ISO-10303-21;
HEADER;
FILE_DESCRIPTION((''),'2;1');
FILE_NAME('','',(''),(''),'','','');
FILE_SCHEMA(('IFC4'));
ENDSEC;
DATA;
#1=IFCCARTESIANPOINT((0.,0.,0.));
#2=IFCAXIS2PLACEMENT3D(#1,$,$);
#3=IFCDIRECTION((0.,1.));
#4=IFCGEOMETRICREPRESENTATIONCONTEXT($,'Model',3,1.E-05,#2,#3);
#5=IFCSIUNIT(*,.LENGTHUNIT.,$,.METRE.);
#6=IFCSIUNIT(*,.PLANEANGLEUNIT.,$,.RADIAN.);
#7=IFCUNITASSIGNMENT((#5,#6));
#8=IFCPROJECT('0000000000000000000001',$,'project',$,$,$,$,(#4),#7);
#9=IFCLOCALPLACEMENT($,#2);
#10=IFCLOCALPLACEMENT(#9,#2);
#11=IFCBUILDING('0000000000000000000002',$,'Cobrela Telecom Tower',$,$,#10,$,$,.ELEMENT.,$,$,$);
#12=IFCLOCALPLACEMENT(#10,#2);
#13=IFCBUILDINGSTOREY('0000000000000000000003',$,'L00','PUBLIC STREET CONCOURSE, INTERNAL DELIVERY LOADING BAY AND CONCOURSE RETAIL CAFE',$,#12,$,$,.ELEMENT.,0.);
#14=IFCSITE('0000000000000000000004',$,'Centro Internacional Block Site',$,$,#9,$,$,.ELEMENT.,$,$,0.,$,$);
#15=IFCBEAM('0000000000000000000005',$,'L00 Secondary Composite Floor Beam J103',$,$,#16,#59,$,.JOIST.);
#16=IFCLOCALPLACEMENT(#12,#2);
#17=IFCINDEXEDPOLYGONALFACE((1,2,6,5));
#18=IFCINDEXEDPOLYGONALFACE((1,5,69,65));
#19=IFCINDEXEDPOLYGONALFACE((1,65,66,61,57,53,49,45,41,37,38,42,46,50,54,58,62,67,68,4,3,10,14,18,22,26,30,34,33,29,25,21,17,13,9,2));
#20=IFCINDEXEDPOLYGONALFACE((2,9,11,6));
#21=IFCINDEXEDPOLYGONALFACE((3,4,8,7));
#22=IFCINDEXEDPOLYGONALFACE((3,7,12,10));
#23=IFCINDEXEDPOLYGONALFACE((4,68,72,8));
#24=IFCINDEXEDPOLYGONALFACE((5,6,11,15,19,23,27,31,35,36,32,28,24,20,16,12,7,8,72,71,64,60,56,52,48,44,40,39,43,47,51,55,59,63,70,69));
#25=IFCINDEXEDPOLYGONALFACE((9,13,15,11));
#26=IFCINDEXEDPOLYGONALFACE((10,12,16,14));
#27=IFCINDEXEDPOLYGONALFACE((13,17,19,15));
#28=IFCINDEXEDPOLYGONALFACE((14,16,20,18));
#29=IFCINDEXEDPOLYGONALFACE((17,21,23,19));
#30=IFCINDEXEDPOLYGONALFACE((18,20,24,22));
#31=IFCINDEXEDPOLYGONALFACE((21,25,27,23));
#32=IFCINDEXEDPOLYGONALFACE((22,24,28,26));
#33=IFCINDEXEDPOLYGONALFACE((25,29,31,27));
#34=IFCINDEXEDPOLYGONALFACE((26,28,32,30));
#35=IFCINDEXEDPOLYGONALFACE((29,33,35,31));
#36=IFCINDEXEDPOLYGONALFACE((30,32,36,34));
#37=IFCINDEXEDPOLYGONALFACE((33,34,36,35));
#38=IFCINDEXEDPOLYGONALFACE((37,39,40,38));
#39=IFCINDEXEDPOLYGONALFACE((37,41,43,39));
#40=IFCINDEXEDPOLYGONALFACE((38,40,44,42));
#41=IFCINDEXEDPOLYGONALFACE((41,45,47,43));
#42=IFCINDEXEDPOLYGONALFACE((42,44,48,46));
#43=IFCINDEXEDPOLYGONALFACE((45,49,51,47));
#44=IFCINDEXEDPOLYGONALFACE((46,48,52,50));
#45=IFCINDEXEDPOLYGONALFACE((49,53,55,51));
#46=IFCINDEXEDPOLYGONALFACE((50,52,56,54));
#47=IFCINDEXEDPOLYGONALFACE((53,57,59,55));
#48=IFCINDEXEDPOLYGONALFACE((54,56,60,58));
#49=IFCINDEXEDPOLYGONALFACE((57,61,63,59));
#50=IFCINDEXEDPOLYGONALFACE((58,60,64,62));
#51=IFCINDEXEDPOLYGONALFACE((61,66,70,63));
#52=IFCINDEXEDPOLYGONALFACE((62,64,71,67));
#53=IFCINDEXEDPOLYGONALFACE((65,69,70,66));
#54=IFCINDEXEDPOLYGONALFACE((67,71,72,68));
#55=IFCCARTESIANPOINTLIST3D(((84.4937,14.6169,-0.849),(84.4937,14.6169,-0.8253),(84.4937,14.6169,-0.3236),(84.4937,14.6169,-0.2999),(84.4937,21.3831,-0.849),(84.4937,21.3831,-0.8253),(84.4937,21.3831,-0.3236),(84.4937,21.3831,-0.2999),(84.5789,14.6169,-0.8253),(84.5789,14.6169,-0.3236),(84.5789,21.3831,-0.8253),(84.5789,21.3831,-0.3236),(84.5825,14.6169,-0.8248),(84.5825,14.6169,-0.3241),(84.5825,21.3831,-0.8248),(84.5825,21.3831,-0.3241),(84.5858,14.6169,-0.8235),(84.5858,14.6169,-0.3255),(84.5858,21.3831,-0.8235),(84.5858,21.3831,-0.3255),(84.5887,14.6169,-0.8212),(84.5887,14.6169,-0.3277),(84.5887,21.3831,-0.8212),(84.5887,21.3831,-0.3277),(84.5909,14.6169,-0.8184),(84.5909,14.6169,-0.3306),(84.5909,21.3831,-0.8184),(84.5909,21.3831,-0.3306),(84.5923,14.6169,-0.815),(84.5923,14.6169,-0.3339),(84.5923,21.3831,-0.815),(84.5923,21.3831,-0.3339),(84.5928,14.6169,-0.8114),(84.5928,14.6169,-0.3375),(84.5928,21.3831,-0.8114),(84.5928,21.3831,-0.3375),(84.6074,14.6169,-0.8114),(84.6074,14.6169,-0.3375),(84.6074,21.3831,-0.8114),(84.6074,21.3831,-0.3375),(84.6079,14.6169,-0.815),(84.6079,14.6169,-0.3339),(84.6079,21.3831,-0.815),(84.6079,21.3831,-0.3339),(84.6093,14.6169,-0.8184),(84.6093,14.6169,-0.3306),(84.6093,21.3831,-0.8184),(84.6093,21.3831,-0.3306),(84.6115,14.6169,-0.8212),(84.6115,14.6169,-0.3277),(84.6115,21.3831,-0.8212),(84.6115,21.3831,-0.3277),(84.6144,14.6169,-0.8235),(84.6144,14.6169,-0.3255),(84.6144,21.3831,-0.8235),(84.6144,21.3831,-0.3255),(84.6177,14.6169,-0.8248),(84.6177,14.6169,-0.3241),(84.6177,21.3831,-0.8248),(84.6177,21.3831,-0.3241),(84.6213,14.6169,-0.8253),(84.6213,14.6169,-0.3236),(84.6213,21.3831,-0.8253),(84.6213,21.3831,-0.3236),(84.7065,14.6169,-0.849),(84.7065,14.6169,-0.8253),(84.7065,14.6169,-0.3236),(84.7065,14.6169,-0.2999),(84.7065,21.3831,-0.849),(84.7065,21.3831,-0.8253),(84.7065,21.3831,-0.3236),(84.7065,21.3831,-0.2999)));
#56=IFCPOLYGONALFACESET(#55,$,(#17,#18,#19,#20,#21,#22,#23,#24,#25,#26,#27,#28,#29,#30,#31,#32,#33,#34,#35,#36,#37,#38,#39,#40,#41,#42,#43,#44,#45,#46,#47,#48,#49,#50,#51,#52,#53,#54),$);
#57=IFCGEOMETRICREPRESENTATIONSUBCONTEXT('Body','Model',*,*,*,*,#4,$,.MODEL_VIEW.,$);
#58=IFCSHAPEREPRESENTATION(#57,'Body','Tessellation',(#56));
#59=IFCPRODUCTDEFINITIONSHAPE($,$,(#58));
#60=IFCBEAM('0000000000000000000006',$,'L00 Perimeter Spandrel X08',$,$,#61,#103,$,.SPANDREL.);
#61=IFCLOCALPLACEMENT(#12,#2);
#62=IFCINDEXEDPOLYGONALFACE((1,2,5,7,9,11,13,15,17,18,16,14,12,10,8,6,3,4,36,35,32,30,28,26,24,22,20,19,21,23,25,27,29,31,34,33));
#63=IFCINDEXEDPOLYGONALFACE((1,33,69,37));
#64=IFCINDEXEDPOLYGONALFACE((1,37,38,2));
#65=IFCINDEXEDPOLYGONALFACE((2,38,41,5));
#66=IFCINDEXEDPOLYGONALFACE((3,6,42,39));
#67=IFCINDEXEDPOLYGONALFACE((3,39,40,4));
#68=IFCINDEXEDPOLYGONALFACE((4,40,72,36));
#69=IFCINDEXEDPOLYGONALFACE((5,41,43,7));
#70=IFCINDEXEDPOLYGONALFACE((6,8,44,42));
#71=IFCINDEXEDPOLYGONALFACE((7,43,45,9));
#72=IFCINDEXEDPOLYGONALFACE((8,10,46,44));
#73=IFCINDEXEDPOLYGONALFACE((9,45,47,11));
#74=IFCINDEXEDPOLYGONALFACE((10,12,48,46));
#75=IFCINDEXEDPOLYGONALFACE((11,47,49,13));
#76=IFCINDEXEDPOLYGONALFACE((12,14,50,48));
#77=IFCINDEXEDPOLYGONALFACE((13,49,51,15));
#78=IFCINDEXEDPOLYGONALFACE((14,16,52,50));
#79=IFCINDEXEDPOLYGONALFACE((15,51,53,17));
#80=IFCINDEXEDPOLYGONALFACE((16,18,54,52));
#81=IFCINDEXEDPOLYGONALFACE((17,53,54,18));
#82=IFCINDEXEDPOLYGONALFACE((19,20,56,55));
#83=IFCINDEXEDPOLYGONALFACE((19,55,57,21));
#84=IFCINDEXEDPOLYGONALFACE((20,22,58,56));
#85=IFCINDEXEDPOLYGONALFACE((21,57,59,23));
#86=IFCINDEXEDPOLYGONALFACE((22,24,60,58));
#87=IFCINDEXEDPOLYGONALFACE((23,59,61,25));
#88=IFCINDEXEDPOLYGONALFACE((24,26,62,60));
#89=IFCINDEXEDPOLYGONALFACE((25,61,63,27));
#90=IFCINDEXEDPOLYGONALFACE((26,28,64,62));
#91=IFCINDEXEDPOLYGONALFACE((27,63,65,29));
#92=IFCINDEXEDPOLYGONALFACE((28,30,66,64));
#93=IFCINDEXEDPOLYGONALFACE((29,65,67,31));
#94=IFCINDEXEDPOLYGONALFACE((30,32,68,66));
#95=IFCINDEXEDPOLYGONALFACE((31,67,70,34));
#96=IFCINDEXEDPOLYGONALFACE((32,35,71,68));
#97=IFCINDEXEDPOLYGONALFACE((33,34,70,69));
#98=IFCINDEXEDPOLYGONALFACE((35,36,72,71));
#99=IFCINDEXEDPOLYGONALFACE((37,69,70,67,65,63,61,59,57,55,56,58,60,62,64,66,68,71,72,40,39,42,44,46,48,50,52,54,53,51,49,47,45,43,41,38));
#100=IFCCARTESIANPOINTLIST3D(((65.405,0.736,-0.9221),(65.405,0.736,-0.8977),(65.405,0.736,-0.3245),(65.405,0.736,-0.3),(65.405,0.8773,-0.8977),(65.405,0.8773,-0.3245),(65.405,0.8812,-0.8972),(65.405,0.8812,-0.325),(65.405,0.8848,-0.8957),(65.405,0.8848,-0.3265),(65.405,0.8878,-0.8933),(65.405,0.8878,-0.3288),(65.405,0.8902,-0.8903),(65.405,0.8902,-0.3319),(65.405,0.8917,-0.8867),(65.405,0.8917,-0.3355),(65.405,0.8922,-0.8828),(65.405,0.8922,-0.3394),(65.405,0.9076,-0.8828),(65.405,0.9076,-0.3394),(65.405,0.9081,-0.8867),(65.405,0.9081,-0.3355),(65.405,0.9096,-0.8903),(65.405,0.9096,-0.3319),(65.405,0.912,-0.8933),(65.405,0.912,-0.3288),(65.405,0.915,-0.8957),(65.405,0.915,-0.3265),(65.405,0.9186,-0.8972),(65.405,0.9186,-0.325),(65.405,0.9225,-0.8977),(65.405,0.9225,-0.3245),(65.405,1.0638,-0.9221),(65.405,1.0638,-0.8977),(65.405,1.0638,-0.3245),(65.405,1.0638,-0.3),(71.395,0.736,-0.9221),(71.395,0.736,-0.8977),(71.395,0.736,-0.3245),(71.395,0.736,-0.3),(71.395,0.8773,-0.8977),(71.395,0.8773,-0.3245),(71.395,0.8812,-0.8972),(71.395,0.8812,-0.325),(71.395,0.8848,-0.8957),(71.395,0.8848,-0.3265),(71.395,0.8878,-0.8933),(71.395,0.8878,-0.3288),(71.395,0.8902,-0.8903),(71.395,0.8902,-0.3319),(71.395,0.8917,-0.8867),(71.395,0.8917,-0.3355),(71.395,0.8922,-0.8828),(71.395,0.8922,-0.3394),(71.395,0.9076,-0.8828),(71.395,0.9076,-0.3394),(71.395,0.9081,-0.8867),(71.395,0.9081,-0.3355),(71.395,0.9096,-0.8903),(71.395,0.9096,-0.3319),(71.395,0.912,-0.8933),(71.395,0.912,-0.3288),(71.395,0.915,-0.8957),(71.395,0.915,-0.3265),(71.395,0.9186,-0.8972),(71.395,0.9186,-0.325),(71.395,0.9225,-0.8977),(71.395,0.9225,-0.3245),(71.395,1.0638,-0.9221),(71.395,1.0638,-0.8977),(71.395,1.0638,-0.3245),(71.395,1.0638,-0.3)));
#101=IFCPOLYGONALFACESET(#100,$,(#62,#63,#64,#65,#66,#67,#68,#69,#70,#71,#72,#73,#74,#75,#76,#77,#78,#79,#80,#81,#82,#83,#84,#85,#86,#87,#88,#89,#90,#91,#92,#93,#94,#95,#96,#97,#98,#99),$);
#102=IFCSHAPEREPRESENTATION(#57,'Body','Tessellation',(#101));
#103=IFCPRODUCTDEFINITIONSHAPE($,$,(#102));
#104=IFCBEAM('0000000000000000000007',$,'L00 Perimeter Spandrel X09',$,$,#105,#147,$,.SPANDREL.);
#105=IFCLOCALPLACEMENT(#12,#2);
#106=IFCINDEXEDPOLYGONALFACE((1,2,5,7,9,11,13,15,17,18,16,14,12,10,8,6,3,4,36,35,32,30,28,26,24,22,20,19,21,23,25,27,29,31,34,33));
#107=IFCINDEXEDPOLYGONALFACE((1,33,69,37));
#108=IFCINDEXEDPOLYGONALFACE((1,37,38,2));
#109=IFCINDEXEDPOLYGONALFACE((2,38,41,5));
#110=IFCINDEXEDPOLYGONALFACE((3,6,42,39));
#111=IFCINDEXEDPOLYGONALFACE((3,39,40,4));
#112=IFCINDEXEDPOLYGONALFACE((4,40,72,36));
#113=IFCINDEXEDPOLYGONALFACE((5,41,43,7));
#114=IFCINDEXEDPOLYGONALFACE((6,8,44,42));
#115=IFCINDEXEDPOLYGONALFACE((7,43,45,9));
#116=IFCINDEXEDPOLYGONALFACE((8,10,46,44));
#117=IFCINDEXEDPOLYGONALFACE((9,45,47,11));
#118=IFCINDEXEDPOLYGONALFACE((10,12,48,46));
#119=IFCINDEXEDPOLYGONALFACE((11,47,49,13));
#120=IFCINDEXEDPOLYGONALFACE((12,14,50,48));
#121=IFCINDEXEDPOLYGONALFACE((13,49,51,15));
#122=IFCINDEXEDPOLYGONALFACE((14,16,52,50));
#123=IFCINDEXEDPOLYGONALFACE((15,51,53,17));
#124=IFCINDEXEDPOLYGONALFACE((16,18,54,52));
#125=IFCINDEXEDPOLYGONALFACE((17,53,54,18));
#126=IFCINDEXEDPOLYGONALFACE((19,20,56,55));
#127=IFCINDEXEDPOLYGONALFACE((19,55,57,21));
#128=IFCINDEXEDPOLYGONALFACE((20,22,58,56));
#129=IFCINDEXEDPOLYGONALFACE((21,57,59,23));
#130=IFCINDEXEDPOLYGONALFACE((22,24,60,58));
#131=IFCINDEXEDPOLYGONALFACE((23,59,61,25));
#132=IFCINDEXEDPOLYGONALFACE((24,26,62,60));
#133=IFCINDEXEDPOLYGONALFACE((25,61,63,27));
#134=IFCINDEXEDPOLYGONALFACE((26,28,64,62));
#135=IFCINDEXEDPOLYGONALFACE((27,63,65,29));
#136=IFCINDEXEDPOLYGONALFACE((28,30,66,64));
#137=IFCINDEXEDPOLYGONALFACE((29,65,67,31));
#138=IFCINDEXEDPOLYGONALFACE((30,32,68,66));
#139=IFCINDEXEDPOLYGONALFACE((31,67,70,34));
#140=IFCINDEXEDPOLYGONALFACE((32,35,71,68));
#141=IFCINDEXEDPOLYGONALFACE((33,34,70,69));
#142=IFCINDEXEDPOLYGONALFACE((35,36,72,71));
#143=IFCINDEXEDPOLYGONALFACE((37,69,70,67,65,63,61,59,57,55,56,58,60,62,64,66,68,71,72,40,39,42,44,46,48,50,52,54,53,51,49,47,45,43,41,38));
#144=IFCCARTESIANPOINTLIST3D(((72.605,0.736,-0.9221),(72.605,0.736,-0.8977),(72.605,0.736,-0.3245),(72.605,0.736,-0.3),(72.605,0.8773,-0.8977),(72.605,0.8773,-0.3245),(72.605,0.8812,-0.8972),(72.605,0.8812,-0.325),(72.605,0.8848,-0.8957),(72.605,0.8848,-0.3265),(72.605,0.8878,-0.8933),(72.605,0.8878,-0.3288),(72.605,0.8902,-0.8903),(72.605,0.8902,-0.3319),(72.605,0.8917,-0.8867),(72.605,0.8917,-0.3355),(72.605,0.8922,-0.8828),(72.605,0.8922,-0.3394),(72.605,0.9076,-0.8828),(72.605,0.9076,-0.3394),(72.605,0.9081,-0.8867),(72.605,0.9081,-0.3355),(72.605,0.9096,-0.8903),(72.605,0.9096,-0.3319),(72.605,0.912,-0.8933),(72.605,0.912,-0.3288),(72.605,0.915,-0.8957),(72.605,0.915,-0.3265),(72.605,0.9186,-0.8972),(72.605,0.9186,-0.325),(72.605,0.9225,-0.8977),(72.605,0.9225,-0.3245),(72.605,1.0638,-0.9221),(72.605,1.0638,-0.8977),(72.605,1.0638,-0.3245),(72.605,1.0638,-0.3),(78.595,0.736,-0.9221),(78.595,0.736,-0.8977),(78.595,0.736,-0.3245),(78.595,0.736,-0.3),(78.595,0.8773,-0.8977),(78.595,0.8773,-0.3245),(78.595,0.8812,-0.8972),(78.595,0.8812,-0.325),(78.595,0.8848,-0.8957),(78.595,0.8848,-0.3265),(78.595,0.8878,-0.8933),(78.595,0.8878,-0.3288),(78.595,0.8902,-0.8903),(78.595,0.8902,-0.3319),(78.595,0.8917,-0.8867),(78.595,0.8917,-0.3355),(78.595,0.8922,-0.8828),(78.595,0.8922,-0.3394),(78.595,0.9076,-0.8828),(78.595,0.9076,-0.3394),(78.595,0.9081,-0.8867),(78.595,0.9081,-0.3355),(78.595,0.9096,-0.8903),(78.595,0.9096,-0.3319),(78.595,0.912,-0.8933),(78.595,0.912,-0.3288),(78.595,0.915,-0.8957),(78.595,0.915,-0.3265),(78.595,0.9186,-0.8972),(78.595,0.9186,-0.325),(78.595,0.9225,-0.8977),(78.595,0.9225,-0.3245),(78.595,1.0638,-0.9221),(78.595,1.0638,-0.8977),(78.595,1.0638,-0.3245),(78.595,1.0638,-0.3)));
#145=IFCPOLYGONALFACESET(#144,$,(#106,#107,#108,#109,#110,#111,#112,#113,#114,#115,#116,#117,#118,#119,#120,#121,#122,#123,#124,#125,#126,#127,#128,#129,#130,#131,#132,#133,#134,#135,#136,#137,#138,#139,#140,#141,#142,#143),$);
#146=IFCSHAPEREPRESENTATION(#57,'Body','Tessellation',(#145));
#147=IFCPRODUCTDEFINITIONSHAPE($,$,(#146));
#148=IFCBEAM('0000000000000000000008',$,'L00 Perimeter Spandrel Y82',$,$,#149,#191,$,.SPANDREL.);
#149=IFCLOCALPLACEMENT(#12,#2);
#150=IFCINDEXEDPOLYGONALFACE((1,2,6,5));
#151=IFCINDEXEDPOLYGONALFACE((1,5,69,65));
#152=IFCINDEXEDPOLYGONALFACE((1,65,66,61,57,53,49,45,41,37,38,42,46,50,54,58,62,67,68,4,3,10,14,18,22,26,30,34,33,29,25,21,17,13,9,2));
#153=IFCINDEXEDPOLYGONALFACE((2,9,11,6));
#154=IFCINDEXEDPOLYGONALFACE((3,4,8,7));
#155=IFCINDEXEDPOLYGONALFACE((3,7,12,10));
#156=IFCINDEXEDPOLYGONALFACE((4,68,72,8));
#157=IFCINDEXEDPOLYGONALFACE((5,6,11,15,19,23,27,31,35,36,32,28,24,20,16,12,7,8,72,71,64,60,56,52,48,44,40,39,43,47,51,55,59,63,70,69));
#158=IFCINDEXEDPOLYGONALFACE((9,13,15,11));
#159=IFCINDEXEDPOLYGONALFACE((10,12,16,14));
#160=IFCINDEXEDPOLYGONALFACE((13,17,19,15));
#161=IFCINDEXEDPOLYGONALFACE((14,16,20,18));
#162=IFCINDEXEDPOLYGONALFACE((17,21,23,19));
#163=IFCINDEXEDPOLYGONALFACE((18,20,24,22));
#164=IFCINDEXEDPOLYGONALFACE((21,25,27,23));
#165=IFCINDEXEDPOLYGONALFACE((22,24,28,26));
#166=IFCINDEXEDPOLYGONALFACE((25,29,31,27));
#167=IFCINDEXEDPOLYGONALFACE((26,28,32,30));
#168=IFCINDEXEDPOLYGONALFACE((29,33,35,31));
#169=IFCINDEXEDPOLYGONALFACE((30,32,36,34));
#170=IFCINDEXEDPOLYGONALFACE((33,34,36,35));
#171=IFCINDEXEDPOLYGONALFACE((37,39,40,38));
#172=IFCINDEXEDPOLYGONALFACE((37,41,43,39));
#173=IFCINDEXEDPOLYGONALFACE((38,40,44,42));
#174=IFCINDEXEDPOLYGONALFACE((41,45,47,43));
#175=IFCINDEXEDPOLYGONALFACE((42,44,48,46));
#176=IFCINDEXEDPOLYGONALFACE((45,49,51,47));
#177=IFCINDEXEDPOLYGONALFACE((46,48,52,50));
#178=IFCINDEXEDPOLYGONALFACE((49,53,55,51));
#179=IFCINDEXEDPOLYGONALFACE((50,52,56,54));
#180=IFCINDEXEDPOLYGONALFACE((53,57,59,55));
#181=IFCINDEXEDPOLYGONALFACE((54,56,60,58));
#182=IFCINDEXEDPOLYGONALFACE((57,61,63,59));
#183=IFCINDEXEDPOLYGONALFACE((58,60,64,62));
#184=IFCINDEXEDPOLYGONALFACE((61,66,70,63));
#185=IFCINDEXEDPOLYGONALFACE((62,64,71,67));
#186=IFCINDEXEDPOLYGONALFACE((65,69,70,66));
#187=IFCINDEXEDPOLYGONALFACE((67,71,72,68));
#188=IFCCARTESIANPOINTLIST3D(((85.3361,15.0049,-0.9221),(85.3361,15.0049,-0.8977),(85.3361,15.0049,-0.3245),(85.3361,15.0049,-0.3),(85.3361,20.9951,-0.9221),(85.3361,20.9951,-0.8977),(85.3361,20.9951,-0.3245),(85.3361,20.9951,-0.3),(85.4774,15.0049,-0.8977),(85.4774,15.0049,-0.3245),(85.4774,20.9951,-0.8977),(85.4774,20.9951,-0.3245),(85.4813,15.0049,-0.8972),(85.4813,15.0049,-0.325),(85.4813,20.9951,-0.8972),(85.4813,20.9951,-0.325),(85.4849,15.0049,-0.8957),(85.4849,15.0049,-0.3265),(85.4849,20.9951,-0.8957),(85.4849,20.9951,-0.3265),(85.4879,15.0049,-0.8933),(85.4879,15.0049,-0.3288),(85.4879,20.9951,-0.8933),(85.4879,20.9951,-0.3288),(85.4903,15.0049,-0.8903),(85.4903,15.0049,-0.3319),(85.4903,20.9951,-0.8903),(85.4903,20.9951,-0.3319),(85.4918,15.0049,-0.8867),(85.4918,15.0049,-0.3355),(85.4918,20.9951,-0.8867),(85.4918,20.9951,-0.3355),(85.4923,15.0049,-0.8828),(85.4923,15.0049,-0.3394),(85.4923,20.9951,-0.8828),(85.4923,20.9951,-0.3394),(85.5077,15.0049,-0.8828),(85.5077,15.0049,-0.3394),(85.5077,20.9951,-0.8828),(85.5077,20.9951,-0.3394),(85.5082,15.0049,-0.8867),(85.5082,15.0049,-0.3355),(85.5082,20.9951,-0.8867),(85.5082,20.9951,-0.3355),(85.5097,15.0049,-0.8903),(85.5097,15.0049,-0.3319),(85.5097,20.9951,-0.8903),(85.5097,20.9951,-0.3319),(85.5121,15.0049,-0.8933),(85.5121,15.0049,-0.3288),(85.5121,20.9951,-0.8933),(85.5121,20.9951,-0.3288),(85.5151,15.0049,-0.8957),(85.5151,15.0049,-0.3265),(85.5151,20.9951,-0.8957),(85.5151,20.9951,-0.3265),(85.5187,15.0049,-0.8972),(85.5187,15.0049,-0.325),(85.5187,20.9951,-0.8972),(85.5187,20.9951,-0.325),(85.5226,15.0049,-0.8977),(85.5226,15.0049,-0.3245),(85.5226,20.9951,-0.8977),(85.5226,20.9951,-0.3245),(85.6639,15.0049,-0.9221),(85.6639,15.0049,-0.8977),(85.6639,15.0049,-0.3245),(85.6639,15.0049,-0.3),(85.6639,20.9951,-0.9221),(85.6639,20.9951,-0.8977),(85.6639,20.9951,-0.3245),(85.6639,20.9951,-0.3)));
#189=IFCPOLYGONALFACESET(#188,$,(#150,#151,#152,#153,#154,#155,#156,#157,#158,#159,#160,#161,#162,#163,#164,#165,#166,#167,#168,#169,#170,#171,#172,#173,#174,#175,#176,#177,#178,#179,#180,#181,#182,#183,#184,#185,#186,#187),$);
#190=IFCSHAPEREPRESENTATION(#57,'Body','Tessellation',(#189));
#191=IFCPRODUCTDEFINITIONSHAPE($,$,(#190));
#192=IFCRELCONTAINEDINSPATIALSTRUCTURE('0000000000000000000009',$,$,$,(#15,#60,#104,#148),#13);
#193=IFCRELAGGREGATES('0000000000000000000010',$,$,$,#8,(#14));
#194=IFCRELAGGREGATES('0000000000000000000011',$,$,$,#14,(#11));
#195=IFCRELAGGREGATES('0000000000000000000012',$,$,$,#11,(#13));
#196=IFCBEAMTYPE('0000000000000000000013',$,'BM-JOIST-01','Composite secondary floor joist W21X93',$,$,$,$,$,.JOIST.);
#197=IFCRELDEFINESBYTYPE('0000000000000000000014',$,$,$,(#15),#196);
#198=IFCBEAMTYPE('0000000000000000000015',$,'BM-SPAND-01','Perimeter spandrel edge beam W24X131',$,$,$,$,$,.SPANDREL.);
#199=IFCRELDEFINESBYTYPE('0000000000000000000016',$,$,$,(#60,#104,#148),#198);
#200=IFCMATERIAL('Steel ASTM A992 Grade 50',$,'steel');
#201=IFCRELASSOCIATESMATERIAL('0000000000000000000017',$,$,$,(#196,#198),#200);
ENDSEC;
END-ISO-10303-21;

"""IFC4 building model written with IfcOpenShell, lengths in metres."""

from ifc_helpers import new_model, si_unit, direction, frame, origin, origin_2d, place, context, subcontext, project, spatial, i_section, extrude, material, material_profile, profile_set, type_object, element, save


model = new_model("IFC4")

# Units and contexts
model_context = context("Model", 3, precision=1e-05, world=origin(), true_north=direction((0.0, 1.0)))
body_context = subcontext(model_context, "Body", "Model", "MODEL_VIEW")
ifc_project = project(units=[si_unit("LENGTHUNIT", "METRE"), si_unit("PLANEANGLEUNIT", "RADIAN")], contexts=[model_context])

# Site, building, storey
site_placement = place(None, origin())
site = spatial("IfcSite", under=ifc_project, at=site_placement, Name="Centro Internacional Block Site", CompositionType="ELEMENT", RefElevation=0.0)
building_placement = place(site_placement, origin())
building = spatial("IfcBuilding", under=site, at=building_placement, Name="Cobrela Telecom Tower", CompositionType="ELEMENT")
storey_placement = place(building_placement, origin())
storey = spatial("IfcBuildingStorey", under=building, at=storey_placement, Name="L00", Description="PUBLIC STREET CONCOURSE, INTERNAL DELIVERY LOADING BAY AND CONCOURSE RETAIL CAFE", CompositionType="ELEMENT", Elevation=0.0)

# Beams
ifc_material_1 = material(Name="Steel ASTM A992 Grade 50", Category="steel")
ifc_material_profile_1 = material_profile(ifc_material_1, i_section(OverallWidth=0.2129, OverallDepth=0.5491, WebThickness=0.0146, FlangeThickness=0.0237, FilletRadius=0.0139, at=origin_2d()), Name="W21X93")
ifc_profile_set_1 = profile_set([ifc_material_profile_1], Name="Steel ASTM A992 Grade 50")
beam_type_1 = type_object("IfcBeamType", Name="BM-JOIST-01", Description="Composite secondary floor joist W21X93", PredefinedType="JOIST", material=ifc_profile_set_1)
for number, where, z_axis, x_axis, name in (
    (1, (84.6001, 14.6169, -0.5745), (0.0, 1.0, 0.0), (-1.0, 0.0, 0.0), "L00 Secondary Composite Floor Beam J103"),
):
    element("IfcBeam", number, at=place(storey_placement, frame(where, z_axis=z_axis, x_axis=x_axis)), inside=storey, type_object=beam_type_1, Name=name, PredefinedType="JOIST", context=body_context, shape_type="SweptSolid", body=[
        extrude(i_section(OverallWidth=0.2129, OverallDepth=0.5491, WebThickness=0.0146, FlangeThickness=0.0237, FilletRadius=0.0139, at=origin_2d()), origin(), (0.0, 0.0, 1.0), 6.7661),
    ])
ifc_material_profile_2 = material_profile(ifc_material_1, i_section(OverallWidth=0.3279, OverallDepth=0.6221, WebThickness=0.0154, FlangeThickness=0.0244, FilletRadius=0.0149, at=origin_2d()), Name="W24X131")
ifc_profile_set_2 = profile_set([ifc_material_profile_2], Name="Steel ASTM A992 Grade 50")
beam_type_2 = type_object("IfcBeamType", Name="BM-SPAND-01", Description="Perimeter spandrel edge beam W24X131", PredefinedType="SPANDREL", material=ifc_profile_set_2)
for number, where, z_axis, x_axis, name in (
    (2, (65.405, 0.8999, -0.6111), (1.0, 0.0, 0.0), (0.0, 1.0, 0.0), "L00 Perimeter Spandrel X08"),
    (3, (72.605, 0.8999, -0.6111), (1.0, 0.0, 0.0), (0.0, 1.0, 0.0), "L00 Perimeter Spandrel X09"),
):
    element("IfcBeam", number, at=place(storey_placement, frame(where, z_axis=z_axis, x_axis=x_axis)), inside=storey, type_object=beam_type_2, Name=name, PredefinedType="SPANDREL", context=body_context, shape_type="SweptSolid", body=[
        extrude(i_section(OverallWidth=0.3279, OverallDepth=0.6221, WebThickness=0.0154, FlangeThickness=0.0244, FilletRadius=0.0149, at=origin_2d()), origin(), (0.0, 0.0, 1.0), 5.99),
    ])
beam_1_placement = place(storey_placement, frame((85.5, 15.0049, -0.6111), z_axis=(0.0, 1.0, 0.0), x_axis=(-1.0, 0.0, 0.0)))
element("IfcBeam", 4, at=beam_1_placement, inside=storey, type_object=beam_type_2, Name="L00 Perimeter Spandrel Y82", PredefinedType="SPANDREL", context=body_context, shape_type="SweptSolid", body=[
    extrude(i_section(OverallWidth=0.3279, OverallDepth=0.6221, WebThickness=0.0154, FlangeThickness=0.0244, FilletRadius=0.0149, at=origin_2d()), origin(), (0.0, 0.0, 1.0), 5.9902),
])

save(model, "model.ifc")
